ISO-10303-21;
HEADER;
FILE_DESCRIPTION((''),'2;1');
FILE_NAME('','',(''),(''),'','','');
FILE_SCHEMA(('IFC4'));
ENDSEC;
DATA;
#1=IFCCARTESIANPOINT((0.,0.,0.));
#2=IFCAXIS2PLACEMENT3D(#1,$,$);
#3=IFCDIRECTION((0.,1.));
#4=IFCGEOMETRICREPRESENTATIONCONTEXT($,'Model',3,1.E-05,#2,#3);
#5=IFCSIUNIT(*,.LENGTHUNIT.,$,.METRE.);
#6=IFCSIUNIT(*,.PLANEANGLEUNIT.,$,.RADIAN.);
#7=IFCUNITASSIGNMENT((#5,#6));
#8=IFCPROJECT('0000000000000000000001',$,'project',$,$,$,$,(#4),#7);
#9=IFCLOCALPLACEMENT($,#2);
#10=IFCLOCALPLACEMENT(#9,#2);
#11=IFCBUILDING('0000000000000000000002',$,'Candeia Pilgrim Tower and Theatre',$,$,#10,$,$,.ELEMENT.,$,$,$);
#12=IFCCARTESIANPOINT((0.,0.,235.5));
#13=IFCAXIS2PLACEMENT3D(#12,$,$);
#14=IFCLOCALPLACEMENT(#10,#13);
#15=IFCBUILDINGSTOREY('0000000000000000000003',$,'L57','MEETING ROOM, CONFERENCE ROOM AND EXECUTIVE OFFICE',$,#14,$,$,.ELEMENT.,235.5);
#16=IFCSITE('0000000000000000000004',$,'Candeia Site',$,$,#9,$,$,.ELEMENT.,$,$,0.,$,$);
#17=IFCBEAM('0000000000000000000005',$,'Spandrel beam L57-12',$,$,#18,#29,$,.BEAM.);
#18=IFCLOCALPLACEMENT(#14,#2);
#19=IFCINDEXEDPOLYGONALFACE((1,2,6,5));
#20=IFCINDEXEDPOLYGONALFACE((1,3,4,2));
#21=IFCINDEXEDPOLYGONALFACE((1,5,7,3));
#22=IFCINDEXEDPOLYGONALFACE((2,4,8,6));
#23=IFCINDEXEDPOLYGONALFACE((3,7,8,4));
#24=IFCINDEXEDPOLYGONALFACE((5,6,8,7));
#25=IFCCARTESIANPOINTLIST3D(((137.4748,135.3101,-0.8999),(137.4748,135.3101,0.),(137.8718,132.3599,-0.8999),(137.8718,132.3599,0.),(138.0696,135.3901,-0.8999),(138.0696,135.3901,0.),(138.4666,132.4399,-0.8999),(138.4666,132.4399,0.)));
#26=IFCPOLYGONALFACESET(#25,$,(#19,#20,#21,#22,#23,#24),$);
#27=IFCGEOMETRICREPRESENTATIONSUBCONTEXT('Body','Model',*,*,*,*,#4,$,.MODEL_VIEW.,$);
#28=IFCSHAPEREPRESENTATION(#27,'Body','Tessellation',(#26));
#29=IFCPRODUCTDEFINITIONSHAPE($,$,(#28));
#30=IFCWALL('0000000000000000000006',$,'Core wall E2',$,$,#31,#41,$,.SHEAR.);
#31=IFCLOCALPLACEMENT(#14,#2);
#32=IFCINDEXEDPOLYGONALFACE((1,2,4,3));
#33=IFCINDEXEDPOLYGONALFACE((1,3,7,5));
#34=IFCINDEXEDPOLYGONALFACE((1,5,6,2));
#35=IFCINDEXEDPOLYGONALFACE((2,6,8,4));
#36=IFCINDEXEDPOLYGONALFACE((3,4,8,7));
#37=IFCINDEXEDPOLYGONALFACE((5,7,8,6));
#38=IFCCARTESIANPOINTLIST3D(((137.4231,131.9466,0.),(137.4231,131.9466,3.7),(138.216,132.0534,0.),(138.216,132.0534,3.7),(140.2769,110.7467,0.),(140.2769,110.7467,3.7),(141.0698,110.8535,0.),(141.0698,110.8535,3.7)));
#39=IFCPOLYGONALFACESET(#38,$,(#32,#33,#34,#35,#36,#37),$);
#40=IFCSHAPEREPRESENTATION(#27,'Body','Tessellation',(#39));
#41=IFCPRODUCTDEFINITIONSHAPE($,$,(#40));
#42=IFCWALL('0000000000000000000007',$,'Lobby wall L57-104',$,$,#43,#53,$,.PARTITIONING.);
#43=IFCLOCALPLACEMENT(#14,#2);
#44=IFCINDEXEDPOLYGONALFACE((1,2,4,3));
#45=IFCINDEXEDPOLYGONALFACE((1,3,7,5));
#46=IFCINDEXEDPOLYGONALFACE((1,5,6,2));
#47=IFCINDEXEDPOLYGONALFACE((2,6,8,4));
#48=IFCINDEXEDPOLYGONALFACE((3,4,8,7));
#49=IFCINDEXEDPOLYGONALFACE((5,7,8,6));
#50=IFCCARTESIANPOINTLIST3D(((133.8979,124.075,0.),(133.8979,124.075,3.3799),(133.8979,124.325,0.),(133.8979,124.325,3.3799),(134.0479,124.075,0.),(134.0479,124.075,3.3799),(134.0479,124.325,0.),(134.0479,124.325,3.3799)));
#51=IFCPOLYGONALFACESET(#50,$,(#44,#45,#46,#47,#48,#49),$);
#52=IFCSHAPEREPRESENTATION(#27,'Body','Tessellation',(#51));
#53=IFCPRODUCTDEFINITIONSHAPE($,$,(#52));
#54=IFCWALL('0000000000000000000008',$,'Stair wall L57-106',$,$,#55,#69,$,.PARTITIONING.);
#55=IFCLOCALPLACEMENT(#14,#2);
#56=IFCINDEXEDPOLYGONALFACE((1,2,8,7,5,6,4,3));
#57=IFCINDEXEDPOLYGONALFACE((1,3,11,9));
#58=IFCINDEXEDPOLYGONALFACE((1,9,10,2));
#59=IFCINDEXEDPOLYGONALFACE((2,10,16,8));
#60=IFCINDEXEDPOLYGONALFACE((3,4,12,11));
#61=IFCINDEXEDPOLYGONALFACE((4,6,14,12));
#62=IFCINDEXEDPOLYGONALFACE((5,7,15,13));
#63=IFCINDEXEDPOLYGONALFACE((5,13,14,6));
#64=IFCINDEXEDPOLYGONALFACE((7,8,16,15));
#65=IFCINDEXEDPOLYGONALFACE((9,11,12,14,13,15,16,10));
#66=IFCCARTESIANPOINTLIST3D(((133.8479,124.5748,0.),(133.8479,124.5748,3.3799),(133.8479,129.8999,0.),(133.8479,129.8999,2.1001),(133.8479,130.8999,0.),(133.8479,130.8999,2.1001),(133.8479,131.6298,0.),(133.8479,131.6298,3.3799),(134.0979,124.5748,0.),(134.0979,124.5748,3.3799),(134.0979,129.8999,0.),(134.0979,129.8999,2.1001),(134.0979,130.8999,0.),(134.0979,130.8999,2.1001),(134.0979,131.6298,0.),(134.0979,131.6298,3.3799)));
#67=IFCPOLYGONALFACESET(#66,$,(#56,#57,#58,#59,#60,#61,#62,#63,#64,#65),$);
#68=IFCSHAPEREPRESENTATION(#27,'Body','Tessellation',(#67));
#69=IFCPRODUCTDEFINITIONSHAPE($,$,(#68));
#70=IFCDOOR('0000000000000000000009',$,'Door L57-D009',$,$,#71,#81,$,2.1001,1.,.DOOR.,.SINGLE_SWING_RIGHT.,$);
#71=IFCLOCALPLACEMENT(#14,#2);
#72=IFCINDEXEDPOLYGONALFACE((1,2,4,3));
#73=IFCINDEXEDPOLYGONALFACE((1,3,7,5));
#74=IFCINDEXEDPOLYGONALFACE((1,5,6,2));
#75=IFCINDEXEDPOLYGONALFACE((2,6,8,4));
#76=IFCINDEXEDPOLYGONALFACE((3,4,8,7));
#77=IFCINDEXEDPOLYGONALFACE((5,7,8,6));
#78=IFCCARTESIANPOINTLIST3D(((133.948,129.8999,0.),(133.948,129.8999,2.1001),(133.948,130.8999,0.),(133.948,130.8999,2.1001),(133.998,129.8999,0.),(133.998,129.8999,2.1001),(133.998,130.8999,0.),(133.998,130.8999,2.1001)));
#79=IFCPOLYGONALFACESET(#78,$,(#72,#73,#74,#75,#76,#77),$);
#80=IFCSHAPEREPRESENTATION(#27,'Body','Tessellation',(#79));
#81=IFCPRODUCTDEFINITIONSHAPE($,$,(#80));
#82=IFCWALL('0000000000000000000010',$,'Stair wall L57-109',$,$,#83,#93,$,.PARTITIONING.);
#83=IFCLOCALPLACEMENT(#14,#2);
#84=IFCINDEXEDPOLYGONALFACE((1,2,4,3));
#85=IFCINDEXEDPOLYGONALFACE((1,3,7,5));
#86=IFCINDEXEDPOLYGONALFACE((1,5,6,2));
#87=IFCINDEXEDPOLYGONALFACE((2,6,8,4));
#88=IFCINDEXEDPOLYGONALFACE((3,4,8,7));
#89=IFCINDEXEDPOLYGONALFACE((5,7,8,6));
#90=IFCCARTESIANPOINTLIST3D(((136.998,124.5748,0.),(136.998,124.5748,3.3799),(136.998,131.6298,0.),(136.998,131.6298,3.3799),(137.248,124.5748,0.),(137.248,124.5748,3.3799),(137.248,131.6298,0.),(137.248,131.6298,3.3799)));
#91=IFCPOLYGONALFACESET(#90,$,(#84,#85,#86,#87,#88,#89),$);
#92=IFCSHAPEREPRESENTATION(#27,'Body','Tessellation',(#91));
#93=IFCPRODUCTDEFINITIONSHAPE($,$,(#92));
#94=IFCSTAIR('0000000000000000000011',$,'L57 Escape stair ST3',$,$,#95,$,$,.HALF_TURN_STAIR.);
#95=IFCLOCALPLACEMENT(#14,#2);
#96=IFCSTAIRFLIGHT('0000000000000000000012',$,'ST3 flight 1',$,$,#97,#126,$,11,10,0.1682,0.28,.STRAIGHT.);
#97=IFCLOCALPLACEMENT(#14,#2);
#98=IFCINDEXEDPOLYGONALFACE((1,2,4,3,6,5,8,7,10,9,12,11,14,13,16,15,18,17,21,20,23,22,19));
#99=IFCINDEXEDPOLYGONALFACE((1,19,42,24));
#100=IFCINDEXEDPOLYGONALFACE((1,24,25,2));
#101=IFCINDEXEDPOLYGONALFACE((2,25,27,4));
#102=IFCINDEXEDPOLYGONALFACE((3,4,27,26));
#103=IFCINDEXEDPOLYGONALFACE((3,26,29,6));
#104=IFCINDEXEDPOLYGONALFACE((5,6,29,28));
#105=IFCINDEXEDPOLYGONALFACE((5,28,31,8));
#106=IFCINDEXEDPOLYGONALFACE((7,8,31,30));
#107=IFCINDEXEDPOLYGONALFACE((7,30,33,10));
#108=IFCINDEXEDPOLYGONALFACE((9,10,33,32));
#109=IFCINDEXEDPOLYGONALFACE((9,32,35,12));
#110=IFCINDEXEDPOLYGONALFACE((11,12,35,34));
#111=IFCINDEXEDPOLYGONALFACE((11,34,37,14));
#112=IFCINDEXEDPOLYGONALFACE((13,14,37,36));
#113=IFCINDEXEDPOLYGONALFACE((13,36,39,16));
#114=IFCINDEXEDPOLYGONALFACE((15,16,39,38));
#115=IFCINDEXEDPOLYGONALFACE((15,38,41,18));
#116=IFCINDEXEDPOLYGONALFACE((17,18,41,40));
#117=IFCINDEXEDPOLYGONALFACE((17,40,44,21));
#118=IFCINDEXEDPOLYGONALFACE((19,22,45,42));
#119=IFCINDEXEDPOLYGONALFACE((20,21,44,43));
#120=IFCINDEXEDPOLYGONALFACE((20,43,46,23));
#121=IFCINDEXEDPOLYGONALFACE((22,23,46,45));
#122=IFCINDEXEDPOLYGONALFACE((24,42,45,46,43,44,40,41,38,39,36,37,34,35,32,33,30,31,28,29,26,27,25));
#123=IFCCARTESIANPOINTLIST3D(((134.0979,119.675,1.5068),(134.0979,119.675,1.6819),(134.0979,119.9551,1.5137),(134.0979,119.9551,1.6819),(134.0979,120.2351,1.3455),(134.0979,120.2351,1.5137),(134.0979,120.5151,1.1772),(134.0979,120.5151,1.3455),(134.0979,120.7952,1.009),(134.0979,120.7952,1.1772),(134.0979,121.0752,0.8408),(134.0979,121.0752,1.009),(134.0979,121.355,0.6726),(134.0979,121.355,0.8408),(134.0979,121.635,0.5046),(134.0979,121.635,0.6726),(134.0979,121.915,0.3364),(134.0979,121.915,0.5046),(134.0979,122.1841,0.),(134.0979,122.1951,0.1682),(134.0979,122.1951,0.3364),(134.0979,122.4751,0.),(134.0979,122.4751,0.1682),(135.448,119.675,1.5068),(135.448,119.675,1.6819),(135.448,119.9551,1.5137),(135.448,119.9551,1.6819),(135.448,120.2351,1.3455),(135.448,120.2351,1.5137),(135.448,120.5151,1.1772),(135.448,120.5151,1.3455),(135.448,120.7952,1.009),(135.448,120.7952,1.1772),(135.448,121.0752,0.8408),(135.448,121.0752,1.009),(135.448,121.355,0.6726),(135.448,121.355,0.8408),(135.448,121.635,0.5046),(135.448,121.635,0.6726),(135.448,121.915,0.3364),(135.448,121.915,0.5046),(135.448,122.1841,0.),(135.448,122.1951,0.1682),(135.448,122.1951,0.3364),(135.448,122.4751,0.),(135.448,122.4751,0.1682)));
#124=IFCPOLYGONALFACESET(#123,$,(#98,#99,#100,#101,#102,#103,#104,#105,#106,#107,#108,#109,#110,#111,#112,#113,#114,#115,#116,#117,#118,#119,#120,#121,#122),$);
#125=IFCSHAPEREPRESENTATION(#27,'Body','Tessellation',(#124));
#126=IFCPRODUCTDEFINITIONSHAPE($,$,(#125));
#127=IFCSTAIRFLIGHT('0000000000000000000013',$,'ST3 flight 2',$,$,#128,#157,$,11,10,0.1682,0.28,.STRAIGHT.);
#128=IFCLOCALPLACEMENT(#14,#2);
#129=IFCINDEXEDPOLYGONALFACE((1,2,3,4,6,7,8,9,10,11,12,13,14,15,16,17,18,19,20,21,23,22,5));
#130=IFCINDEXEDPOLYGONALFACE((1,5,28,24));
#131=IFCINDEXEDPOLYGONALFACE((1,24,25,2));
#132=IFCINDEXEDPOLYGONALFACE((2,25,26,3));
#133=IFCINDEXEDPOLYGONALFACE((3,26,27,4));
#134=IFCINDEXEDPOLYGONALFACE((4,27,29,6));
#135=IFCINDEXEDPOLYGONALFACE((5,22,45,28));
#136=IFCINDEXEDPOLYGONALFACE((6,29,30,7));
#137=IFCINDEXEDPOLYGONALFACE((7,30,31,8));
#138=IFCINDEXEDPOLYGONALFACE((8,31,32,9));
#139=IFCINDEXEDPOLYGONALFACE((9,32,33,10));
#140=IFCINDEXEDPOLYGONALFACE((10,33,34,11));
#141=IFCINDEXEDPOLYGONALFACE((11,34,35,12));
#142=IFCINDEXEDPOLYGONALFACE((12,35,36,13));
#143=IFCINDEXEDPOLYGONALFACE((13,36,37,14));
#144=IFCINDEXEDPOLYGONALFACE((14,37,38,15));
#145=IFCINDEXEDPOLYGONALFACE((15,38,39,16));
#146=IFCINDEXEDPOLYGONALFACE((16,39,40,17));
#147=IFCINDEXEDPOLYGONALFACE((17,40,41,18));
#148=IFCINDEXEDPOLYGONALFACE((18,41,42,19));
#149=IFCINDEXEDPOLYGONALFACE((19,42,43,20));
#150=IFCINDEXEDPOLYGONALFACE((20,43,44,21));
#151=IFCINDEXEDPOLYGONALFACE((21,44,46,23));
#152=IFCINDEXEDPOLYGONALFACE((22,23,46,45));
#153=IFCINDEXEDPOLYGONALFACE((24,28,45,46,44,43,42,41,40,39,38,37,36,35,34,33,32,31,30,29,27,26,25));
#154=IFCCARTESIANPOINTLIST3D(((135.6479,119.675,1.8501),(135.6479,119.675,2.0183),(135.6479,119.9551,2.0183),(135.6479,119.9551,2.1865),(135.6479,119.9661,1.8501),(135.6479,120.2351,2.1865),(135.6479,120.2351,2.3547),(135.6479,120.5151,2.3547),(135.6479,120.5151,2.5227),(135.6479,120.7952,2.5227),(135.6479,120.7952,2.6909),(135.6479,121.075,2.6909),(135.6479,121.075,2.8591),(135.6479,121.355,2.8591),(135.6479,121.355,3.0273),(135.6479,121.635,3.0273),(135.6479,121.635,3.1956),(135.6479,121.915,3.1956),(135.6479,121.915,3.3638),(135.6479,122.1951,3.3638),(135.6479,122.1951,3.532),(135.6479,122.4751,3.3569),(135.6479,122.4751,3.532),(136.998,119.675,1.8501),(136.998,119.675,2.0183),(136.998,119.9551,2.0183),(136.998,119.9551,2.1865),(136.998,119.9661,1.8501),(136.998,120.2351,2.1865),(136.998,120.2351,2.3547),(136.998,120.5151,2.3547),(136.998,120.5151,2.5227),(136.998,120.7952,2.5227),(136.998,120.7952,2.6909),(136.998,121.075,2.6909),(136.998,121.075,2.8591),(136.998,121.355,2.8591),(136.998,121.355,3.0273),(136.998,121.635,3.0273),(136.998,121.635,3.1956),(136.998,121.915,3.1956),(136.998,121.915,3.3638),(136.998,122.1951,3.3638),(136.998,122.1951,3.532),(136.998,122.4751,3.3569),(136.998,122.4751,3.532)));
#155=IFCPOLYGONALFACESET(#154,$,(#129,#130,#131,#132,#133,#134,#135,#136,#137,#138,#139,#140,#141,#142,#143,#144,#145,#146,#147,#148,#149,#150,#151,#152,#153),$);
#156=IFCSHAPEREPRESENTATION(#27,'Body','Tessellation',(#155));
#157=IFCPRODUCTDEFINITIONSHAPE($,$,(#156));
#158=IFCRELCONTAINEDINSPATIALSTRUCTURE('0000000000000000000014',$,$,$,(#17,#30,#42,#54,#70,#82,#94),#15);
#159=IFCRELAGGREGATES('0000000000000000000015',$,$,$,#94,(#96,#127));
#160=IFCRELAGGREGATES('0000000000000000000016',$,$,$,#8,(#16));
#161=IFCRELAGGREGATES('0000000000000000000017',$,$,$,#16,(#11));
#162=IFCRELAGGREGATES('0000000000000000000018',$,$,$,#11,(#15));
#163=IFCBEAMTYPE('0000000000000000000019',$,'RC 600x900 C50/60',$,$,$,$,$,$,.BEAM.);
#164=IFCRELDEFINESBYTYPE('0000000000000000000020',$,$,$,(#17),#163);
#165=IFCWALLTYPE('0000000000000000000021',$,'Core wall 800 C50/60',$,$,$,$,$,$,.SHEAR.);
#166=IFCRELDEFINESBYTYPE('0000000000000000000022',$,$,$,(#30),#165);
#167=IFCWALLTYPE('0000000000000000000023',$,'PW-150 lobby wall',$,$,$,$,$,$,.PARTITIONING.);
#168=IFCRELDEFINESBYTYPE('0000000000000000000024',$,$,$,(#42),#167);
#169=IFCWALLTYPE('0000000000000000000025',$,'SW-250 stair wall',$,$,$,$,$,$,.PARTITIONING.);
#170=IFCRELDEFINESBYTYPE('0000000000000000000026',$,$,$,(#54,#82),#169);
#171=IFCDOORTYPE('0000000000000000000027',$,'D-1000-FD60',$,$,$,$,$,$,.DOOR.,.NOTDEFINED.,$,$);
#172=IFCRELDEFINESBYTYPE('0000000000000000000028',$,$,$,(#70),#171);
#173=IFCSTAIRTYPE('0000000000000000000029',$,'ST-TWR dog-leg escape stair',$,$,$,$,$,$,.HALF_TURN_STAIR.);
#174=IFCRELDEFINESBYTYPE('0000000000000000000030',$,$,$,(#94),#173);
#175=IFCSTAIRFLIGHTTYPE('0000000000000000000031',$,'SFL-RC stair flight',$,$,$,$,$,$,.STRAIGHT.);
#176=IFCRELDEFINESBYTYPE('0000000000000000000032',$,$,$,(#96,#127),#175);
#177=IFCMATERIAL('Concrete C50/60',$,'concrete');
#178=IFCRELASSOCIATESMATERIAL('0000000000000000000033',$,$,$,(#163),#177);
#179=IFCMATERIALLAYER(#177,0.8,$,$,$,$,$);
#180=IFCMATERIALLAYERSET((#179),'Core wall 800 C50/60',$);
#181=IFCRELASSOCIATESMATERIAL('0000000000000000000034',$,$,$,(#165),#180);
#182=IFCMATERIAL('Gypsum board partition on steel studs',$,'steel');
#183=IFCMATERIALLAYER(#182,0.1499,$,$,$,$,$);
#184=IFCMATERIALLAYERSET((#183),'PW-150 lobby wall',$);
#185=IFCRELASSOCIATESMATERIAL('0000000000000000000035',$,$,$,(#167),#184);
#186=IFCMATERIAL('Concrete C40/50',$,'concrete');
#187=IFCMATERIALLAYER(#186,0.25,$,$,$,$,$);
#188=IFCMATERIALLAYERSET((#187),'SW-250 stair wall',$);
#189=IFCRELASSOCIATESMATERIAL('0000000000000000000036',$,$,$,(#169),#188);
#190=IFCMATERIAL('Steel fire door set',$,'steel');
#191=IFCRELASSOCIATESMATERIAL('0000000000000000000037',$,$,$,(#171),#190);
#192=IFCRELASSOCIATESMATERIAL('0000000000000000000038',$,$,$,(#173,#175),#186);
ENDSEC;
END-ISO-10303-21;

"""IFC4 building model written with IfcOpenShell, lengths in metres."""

from ifc_helpers import new_model, si_unit, direction, frame, frame_2d, origin, origin_2d, place, context, subcontext, project, spatial, polyline, rectangle, outline, extrude, material, layer, layer_set, material_profile, profile_set, type_object, element, fill, aggregate, save


model = new_model("IFC4")

# Units and contexts
model_context = context("Model", 3, precision=1e-05, world=origin(), true_north=direction((0.0, 1.0)))
body_context = subcontext(model_context, "Body", "Model", "MODEL_VIEW")
ifc_project = project(units=[si_unit("LENGTHUNIT", "METRE"), si_unit("PLANEANGLEUNIT", "RADIAN")], contexts=[model_context])

# Site, building, storey
site_placement = place(None, origin())
site = spatial("IfcSite", under=ifc_project, at=site_placement, Name="Candeia Site", CompositionType="ELEMENT", RefElevation=0.0)
building_placement = place(site_placement, origin())
building = spatial("IfcBuilding", under=site, at=building_placement, Name="Candeia Pilgrim Tower and Theatre", CompositionType="ELEMENT")
storey_placement = place(building_placement, frame((0.0, 0.0, 235.5)))
storey = spatial("IfcBuildingStorey", under=building, at=storey_placement, Name="L57", Description="MEETING ROOM, CONFERENCE ROOM AND EXECUTIVE OFFICE", CompositionType="ELEMENT", Elevation=235.5)

# Beam
ifc_material_1 = material(Name="Concrete C50/60", Category="concrete")
ifc_material_profile = material_profile(ifc_material_1, rectangle(XDim=0.6001, YDim=0.8999, at=origin_2d()))
ifc_profile_set = profile_set([ifc_material_profile], Name="Concrete C50/60")
beam_type = type_object("IfcBeamType", Name="RC 600x900 C50/60", PredefinedType="BEAM", material=ifc_profile_set)
beam_placement = place(storey_placement, frame((138.1692, 132.3999, -0.45), z_axis=(-0.133356, 0.991068, 0.0), x_axis=(-0.991068, -0.133356, 0.0)))
element("IfcBeam", 1, at=beam_placement, inside=storey, type_object=beam_type, Name="Spandrel beam L57-12", PredefinedType="BEAM", context=body_context, shape_type="SweptSolid", body=[
    extrude(rectangle(XDim=0.6001, YDim=0.8999, at=origin_2d()), origin(), (0.0, 0.0, 1.0), 2.9768),
])

# Wall
ifc_layer_1 = layer(ifc_material_1, 0.8)
ifc_layer_set_1 = layer_set([ifc_layer_1], Name="Core wall 800 C50/60")
wall_type_1 = type_object("IfcWallType", Name="Core wall 800 C50/60", PredefinedType="SHEAR", material=ifc_layer_set_1)
wall_1_placement = place(storey_placement, frame((137.8196, 132.0, 0.0), z_axis=(0.0, 0.0, 1.0), x_axis=(0.133408, -0.991061, 0.0)))
element("IfcWall", 2, at=wall_1_placement, inside=storey, type_object=wall_type_1, Name="Core wall E2", PredefinedType="SHEAR", context=body_context, shape_type="SweptSolid", body=[
    extrude(rectangle(XDim=21.3911, YDim=0.8, at=frame_2d((10.6956, 0.0))), origin(), (0.0, 0.0, 1.0), 3.7),
])

# Wall
ifc_material_2 = material(Name="Gypsum board partition on steel studs", Category="steel")
ifc_layer_2 = layer(ifc_material_2, 0.1499)
ifc_layer_set_2 = layer_set([ifc_layer_2], Name="PW-150 lobby wall")
wall_type_2 = type_object("IfcWallType", Name="PW-150 lobby wall", PredefinedType="PARTITIONING", material=ifc_layer_set_2)
wall_2_placement = place(storey_placement, frame((133.9729, 124.075, 0.0), z_axis=(0.0, 0.0, 1.0), x_axis=(0.0, 1.0, 0.0)))
element("IfcWall", 3, at=wall_2_placement, inside=storey, type_object=wall_type_2, Name="Lobby wall L57-104", PredefinedType="PARTITIONING", context=body_context, shape_type="SweptSolid", body=[
    extrude(rectangle(XDim=0.25, YDim=0.1499, at=frame_2d((0.125, 0.0))), origin(), (0.0, 0.0, 1.0), 3.3799),
])

# Wall, opening, door
ifc_material_3 = material(Name="Concrete C40/50", Category="concrete")
ifc_layer_3 = layer(ifc_material_3, 0.25)
ifc_layer_set_3 = layer_set([ifc_layer_3], Name="SW-250 stair wall")
wall_type_3 = type_object("IfcWallType", Name="SW-250 stair wall", PredefinedType="PARTITIONING", material=ifc_layer_set_3)
wall_3_placement = place(storey_placement, frame((133.9729, 124.575, 0.0), z_axis=(0.0, 0.0, 1.0), x_axis=(0.0, 1.0, 0.0)))
wall_3 = element("IfcWall", 4, at=wall_3_placement, inside=storey, type_object=wall_type_3, Name="Stair wall L57-106", PredefinedType="PARTITIONING", context=body_context, shape_type="SweptSolid", body=[
    extrude(rectangle(XDim=7.0549, YDim=0.25, at=frame_2d((3.5273, 0.0))), origin(), (0.0, 0.0, 1.0), 3.3799),
])
opening_1_placement = place(wall_3_placement, frame((5.325, 0.0, 0.0)))
opening_1 = element("IfcOpeningElement", 5, at=opening_1_placement, cuts=wall_3, PredefinedType="OPENING", context=body_context, shape_type="SweptSolid", body=[
    extrude(rectangle(XDim=1.0, YDim=2.1001, at=frame_2d((0.5, 1.05))), frame((0.0, 0.135, 0.0), z_axis=(0.0, -1.0, 0.0), x_axis=(1.0, 0.0, 0.0)), (0.0, 0.0, 1.0), 0.27),
])
ifc_material_4 = material(Name="Steel fire door set", Category="steel")
door_type_1 = type_object("IfcDoorType", Name="D-1000-FD60", OperationType="NOTDEFINED", PredefinedType="DOOR", material=ifc_material_4)
door_1_placement = place(opening_1_placement, origin())
door_1 = element("IfcDoor", 6, at=door_1_placement, inside=storey, type_object=door_type_1, Name="Door L57-D009", OperationType="SINGLE_SWING_RIGHT", OverallHeight=2.1001, OverallWidth=1.0, PredefinedType="DOOR", context=body_context, shape_type="SweptSolid", body=[
    extrude(rectangle(XDim=1.0, YDim=2.1001, at=frame_2d((0.5, 1.05))), frame((0.0, 0.0249, 0.0), z_axis=(0.0, -1.0, 0.0), x_axis=(1.0, 0.0, 0.0)), (0.0, 0.0, 1.0), 0.05),
])
fill(opening_1, door_1)

# Wall
wall_4_placement = place(storey_placement, frame((137.123, 124.575, 0.0), z_axis=(0.0, 0.0, 1.0), x_axis=(0.0, 1.0, 0.0)))
element("IfcWall", 7, at=wall_4_placement, inside=storey, type_object=wall_type_3, Name="Stair wall L57-109", PredefinedType="PARTITIONING", context=body_context, shape_type="SweptSolid", body=[
    extrude(rectangle(XDim=7.0549, YDim=0.25, at=frame_2d((3.5273, 0.0))), origin(), (0.0, 0.0, 1.0), 3.3799),
])

# Stair, stair flights
stair_type = type_object("IfcStairType", Name="ST-TWR dog-leg escape stair", PredefinedType="HALF_TURN_STAIR", material=ifc_material_3)
stair_1_placement = place(storey_placement, origin())
stair_1 = element("IfcStair", 8, at=stair_1_placement, inside=storey, type_object=stair_type, Name="L57 Escape stair ST3", PredefinedType="HALF_TURN_STAIR")
stair_flight_type = type_object("IfcStairFlightType", Name="SFL-RC stair flight", PredefinedType="STRAIGHT", material=ifc_material_3)
stair_flight_1_placement = place(storey_placement, frame((134.7729, 122.4751, 0.0), z_axis=(0.0, 0.0, 1.0), x_axis=(0.0, -1.0, 0.0)))
stair_flight_1 = element("IfcStairFlight", 9, at=stair_flight_1_placement, type_object=stair_flight_type, Name="ST3 flight 1", NumberOfRisers=11, NumberOfTreads=10, PredefinedType="STRAIGHT", RiserHeight=0.1682, TreadLength=0.28, context=body_context, shape_type="SweptSolid", body=[
    extrude(outline(polyline([(0.0, 0.0), (0.0, 0.1682), (0.28, 0.1682), (0.28, 0.3364), (0.5601, 0.3364), (0.5601, 0.5046), (0.8401, 0.5046), (0.8401, 0.6726), (1.1201, 0.6726), (1.1201, 0.8408), (1.3999, 0.8408), (1.3999, 1.009), (1.6799, 1.009), (1.6799, 1.1772), (1.96, 1.1772), (1.96, 1.3455), (2.24, 1.3455), (2.24, 1.5137), (2.52, 1.5137), (2.52, 1.6819), (2.8, 1.6819), (2.8, 1.8501), (2.8, 1.5068), (0.291, 0.0), (0.0, 0.0)])), frame((0.0, 0.675, 0.0), z_axis=(0.0, -1.0, 0.0), x_axis=(1.0, 0.0, 0.0)), (0.0, 0.0, 1.0), 1.3501),
])
stair_flight_2_placement = place(storey_placement, frame((136.323, 119.675, 1.8501), z_axis=(0.0, 0.0, 1.0), x_axis=(0.0, 1.0, 0.0)))
stair_flight_2 = element("IfcStairFlight", 10, at=stair_flight_2_placement, type_object=stair_flight_type, Name="ST3 flight 2", NumberOfRisers=11, NumberOfTreads=10, PredefinedType="STRAIGHT", RiserHeight=0.1682, TreadLength=0.28, context=body_context, shape_type="SweptSolid", body=[
    extrude(outline(polyline([(0.0, 0.0), (0.0, 0.1682), (0.28, 0.1682), (0.28, 0.3364), (0.5601, 0.3364), (0.5601, 0.5046), (0.8401, 0.5046), (0.8401, 0.6726), (1.1201, 0.6726), (1.1201, 0.8408), (1.3999, 0.8408), (1.3999, 1.009), (1.6799, 1.009), (1.6799, 1.1772), (1.96, 1.1772), (1.96, 1.3455), (2.24, 1.3455), (2.24, 1.5137), (2.52, 1.5137), (2.52, 1.6819), (2.8, 1.6819), (2.8, 1.8501), (2.8, 1.5068), (0.291, 0.0), (0.0, 0.0)])), frame((0.0, 0.675, 0.0), z_axis=(0.0, -1.0, 0.0), x_axis=(1.0, 0.0, 0.0)), (0.0, 0.0, 1.0), 1.3501),
])
aggregate(stair_1, [stair_flight_1, stair_flight_2])

save(model, "model.ifc")
